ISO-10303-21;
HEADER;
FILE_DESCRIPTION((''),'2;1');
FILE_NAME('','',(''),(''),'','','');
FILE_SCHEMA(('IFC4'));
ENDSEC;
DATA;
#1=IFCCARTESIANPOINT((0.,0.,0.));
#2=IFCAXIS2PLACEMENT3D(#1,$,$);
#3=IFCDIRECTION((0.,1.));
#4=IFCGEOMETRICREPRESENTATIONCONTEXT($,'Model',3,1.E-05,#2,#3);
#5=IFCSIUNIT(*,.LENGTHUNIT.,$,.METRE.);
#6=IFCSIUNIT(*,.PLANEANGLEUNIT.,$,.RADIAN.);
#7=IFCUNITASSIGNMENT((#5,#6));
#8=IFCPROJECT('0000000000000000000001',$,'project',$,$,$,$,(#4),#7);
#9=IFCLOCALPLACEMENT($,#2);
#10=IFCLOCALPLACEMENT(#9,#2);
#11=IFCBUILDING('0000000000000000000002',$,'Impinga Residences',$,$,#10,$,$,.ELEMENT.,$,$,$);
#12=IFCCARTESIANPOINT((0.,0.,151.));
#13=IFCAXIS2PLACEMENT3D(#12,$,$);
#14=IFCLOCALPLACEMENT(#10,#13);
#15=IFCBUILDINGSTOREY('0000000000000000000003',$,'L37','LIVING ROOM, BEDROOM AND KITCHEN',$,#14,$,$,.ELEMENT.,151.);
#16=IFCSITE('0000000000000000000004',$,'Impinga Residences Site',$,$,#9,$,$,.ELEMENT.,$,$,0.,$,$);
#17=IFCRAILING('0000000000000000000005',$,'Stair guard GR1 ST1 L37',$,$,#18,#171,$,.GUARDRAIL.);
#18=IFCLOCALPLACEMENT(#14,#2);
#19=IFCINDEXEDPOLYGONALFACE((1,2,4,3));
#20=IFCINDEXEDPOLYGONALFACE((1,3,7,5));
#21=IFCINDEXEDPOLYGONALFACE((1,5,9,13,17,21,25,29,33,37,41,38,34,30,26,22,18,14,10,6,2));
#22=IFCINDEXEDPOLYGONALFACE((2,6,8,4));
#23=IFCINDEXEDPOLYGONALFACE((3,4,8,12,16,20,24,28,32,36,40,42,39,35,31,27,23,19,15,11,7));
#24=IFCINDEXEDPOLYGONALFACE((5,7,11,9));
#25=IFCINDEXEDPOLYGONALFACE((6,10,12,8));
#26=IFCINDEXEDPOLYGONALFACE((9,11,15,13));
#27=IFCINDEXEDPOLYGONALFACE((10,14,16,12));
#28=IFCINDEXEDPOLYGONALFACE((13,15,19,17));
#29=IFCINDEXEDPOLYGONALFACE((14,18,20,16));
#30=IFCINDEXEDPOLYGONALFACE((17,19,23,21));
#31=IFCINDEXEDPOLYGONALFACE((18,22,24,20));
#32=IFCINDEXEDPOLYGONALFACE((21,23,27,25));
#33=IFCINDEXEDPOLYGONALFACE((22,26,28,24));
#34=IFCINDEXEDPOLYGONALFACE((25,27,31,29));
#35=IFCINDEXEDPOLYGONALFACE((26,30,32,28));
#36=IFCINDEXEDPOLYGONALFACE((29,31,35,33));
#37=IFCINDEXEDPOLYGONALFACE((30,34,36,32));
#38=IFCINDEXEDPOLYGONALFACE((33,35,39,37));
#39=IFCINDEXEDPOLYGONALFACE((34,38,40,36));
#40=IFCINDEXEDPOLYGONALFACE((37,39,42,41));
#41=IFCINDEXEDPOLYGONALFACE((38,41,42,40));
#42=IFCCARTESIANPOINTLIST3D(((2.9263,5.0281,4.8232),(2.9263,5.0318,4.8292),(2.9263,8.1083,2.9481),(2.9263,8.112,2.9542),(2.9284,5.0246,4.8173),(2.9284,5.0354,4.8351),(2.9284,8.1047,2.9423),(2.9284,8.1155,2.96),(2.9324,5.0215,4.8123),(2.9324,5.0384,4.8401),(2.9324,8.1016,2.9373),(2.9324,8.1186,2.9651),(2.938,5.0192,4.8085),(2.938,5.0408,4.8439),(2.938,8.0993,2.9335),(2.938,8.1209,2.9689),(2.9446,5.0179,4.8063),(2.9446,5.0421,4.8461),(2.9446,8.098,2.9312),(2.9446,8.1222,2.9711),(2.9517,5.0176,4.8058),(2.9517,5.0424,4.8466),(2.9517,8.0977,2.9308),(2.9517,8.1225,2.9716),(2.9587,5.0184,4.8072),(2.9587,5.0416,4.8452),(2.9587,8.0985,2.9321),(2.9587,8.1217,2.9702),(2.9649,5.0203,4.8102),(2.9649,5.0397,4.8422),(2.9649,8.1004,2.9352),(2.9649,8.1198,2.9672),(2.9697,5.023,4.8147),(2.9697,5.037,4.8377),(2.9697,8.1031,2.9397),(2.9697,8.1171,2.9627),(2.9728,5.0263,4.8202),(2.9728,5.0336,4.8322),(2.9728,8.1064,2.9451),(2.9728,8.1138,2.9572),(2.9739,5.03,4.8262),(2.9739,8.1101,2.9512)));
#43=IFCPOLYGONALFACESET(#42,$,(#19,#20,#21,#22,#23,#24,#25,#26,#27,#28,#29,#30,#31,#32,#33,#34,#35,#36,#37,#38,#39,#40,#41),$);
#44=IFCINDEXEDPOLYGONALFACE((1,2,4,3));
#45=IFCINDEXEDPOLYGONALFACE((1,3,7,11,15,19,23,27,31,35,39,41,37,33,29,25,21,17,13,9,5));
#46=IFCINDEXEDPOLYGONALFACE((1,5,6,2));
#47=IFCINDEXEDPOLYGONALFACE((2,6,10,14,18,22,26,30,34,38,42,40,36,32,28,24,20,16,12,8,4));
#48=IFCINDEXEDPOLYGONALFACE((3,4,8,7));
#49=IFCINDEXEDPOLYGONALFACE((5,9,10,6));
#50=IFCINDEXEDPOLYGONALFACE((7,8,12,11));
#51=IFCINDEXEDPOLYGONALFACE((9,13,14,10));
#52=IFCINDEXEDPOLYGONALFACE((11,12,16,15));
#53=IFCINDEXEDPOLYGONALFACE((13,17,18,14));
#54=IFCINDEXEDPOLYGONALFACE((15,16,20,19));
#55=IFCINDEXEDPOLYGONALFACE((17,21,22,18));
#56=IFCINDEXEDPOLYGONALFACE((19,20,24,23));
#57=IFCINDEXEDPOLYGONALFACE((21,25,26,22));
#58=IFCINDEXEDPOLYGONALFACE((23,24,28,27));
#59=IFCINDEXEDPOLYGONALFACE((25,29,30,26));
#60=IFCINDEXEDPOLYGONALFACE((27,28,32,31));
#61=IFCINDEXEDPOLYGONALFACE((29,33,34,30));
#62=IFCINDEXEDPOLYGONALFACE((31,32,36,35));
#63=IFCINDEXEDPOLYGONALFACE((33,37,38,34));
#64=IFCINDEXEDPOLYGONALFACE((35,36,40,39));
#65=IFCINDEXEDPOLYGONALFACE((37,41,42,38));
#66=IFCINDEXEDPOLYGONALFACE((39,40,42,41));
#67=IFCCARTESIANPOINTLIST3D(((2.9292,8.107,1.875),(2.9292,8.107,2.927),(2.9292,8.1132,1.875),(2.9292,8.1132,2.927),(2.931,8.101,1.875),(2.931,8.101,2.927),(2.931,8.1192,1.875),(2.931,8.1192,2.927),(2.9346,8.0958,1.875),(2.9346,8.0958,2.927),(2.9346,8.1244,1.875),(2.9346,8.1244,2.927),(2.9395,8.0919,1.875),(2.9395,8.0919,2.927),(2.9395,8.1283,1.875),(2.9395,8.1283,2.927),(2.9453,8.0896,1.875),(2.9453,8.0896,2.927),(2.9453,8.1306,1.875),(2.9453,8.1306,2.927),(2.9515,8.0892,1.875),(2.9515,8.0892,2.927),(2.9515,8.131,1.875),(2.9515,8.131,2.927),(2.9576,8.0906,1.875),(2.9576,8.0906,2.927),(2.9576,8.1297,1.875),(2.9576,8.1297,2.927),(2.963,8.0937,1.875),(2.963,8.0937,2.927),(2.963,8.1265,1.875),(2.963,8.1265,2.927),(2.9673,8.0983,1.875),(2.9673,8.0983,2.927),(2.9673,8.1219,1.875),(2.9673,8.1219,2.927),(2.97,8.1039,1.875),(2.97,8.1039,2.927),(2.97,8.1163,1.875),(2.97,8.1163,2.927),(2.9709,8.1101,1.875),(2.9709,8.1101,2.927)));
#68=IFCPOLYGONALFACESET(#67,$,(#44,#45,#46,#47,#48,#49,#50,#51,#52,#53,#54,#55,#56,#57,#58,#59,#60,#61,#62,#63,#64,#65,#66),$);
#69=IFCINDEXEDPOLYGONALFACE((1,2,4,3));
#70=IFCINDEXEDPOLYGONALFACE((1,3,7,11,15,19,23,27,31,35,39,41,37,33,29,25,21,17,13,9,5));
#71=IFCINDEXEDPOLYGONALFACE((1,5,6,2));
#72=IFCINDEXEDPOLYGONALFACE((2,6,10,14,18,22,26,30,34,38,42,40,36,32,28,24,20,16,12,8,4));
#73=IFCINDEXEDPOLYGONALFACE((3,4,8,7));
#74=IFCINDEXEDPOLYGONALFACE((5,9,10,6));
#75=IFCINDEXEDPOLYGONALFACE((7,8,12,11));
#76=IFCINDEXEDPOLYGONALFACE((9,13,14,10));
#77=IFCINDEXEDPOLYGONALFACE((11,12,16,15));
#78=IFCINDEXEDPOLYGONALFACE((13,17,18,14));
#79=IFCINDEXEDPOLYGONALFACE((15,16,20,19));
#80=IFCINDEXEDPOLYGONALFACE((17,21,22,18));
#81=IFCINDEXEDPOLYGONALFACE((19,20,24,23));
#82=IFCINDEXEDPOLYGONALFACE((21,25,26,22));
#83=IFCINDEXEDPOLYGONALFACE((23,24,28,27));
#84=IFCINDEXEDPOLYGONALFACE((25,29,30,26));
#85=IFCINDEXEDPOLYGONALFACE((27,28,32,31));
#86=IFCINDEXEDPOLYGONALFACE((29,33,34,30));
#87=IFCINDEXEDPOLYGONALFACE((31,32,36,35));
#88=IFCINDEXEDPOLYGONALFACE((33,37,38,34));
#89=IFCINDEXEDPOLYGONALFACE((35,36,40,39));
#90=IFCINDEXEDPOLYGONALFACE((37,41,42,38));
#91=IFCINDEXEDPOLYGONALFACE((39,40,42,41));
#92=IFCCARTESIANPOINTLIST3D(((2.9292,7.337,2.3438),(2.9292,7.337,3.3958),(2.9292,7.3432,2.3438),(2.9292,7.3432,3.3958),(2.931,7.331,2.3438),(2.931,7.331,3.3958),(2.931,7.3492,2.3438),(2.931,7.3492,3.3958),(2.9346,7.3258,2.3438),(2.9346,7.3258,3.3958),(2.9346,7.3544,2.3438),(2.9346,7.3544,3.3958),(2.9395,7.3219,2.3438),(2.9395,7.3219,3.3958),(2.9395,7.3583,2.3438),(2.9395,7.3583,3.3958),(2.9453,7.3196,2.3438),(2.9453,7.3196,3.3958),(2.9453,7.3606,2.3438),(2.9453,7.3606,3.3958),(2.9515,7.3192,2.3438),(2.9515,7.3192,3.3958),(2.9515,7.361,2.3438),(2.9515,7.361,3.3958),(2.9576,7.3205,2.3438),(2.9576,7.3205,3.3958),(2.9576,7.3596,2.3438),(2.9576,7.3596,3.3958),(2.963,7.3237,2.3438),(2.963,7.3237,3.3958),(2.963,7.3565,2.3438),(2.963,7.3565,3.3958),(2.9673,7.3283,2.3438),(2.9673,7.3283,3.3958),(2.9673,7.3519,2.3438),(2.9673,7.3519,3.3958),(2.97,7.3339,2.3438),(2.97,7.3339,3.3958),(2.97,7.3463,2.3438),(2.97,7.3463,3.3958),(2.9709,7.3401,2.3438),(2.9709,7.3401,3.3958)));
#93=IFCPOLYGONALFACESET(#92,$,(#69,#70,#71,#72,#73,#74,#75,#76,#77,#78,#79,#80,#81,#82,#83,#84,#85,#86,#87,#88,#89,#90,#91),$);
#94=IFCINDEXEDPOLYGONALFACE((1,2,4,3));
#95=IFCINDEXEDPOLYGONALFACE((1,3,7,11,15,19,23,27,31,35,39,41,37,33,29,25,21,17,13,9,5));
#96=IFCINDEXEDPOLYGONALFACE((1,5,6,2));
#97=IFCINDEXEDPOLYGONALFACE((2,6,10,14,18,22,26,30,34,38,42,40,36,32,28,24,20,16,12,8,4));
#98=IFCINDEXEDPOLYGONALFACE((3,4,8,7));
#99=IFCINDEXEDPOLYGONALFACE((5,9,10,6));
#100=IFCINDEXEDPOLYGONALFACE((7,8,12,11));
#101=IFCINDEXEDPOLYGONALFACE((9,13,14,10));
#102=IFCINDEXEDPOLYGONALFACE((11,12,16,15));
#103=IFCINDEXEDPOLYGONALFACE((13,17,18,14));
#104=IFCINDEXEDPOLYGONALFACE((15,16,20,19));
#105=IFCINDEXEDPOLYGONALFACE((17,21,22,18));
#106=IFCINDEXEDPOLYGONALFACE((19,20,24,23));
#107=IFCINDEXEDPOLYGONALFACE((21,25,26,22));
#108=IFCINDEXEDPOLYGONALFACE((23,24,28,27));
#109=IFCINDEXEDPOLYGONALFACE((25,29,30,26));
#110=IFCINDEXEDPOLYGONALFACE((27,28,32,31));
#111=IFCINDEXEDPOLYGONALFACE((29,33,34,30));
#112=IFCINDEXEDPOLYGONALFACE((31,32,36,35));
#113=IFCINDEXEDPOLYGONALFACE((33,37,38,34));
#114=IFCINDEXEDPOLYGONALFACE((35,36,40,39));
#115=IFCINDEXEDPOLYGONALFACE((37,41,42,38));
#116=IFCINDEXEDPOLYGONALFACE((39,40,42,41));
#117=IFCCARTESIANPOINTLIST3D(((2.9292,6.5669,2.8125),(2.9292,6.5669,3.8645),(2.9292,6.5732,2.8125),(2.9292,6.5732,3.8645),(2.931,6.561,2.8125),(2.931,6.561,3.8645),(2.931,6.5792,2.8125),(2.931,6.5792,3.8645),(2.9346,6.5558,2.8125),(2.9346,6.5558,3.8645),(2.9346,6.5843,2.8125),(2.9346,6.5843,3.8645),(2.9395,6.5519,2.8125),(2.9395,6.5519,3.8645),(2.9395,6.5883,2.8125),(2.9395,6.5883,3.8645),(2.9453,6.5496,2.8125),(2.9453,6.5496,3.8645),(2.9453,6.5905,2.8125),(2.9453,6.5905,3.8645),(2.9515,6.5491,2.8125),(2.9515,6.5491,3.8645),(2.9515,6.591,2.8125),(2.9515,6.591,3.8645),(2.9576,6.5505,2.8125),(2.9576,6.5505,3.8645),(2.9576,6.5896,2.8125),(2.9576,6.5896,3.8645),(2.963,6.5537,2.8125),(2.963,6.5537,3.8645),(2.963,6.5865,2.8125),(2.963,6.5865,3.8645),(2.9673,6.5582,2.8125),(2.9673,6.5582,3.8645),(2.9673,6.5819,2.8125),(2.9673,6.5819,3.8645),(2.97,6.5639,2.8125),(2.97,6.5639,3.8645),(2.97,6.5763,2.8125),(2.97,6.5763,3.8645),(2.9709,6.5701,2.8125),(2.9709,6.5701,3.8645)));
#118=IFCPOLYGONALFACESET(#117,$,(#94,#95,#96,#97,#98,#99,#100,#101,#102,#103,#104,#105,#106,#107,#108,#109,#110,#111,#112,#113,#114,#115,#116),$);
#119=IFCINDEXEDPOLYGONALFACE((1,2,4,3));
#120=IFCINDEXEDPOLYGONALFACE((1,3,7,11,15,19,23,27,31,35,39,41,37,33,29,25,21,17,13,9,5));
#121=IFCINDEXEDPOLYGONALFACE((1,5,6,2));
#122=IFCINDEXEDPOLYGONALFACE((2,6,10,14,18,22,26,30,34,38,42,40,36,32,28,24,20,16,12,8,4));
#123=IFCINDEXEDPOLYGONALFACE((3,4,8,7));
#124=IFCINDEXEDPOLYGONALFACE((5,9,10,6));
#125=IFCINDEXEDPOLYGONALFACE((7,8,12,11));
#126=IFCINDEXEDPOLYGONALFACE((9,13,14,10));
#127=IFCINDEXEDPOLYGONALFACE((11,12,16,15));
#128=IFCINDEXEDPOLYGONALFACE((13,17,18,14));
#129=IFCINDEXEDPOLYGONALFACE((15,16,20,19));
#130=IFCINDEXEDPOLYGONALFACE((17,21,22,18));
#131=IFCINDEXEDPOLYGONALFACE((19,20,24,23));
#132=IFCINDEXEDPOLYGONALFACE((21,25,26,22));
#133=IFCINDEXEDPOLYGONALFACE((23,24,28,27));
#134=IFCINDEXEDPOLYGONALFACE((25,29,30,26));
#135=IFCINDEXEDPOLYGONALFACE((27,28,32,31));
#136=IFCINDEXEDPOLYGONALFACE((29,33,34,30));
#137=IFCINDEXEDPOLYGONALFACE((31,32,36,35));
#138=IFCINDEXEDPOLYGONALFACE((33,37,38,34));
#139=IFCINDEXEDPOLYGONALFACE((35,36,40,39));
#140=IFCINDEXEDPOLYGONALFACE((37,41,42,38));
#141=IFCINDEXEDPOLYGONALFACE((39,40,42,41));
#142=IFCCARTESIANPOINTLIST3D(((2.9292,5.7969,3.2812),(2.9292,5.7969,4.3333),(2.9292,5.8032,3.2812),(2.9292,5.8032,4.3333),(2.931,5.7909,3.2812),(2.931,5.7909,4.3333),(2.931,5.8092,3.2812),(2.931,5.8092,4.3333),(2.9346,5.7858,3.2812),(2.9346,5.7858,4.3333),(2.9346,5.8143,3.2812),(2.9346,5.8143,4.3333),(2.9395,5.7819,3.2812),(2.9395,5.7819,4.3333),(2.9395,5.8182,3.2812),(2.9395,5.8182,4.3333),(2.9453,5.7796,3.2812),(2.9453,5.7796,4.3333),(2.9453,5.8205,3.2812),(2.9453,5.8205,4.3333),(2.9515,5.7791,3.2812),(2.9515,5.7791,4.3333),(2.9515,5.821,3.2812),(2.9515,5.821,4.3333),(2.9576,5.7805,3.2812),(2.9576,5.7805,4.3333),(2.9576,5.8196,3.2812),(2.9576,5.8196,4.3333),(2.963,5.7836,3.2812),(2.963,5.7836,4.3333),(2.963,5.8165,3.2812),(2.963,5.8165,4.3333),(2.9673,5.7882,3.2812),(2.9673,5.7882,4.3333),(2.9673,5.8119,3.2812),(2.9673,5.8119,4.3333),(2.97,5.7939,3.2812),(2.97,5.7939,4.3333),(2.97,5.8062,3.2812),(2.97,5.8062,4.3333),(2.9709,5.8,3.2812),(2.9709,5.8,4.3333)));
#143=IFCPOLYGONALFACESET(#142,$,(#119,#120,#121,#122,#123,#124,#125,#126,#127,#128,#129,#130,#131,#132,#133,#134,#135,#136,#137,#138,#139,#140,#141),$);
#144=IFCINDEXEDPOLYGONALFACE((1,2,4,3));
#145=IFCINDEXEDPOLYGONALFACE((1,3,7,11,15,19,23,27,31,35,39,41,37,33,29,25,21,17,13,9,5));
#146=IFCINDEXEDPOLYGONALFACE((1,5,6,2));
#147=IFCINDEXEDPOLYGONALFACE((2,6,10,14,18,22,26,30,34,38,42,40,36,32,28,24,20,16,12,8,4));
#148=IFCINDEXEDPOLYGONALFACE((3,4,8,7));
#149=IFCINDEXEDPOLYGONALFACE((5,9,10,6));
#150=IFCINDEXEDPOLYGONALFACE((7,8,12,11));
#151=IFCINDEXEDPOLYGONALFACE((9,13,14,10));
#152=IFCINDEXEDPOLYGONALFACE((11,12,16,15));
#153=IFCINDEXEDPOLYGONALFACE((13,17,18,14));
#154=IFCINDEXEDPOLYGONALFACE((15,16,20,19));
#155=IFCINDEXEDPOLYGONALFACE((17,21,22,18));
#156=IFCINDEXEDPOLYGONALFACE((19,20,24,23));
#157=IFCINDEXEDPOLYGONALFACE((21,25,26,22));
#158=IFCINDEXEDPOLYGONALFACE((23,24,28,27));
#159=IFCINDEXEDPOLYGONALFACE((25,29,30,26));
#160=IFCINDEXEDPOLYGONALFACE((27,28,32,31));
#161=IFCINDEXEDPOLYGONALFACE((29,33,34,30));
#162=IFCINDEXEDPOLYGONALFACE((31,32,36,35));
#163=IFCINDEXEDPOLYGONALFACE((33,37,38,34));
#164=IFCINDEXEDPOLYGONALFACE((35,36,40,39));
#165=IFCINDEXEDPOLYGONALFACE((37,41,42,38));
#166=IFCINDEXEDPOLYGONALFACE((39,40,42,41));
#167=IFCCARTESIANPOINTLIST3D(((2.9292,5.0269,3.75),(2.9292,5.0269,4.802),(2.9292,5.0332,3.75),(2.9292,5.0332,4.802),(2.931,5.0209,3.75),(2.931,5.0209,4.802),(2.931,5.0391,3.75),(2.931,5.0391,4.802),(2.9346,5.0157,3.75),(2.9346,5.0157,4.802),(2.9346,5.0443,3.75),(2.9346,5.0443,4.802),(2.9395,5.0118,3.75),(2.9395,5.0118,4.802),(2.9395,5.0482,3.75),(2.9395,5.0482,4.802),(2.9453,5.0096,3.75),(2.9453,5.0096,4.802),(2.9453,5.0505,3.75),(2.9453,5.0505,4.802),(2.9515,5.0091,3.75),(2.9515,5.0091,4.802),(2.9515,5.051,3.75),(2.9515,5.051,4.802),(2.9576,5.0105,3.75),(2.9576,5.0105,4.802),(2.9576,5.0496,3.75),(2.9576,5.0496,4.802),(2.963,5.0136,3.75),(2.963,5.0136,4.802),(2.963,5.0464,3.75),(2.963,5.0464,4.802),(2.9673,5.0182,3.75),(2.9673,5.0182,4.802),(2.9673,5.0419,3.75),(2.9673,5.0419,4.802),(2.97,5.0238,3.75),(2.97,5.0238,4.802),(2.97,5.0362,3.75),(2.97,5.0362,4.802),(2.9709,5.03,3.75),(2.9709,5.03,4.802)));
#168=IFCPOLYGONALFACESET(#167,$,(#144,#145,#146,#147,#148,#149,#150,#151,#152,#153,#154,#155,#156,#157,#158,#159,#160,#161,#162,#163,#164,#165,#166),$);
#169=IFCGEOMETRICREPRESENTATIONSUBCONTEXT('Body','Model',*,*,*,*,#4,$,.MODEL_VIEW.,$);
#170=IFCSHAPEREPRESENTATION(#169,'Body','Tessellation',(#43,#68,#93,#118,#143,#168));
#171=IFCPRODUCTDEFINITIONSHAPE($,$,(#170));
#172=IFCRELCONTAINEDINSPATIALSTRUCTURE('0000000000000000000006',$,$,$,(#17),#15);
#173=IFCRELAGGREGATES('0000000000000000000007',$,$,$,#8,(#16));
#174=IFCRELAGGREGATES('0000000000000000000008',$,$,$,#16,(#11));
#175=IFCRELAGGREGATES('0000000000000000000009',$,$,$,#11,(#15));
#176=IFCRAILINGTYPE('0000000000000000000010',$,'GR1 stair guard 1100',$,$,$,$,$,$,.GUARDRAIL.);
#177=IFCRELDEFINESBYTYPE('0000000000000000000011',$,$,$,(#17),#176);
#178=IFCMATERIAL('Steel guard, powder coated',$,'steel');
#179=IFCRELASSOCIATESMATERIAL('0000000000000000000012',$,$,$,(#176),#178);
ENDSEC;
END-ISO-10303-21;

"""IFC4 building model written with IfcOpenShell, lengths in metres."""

from ifc_helpers import new_model, si_unit, direction, frame, origin, origin_2d, place, context, subcontext, project, spatial, circle, extrude, material, type_object, element, save


model = new_model("IFC4")

# Units and contexts
model_context = context("Model", 3, precision=1e-05, world=origin(), true_north=direction((0.0, 1.0)))
body_context = subcontext(model_context, "Body", "Model", "MODEL_VIEW")
ifc_project = project(units=[si_unit("LENGTHUNIT", "METRE"), si_unit("PLANEANGLEUNIT", "RADIAN")], contexts=[model_context])

# Site, building, storey
site_placement = place(None, origin())
site = spatial("IfcSite", under=ifc_project, at=site_placement, Name="Impinga Residences Site", CompositionType="ELEMENT", RefElevation=0.0)
building_placement = place(site_placement, origin())
building = spatial("IfcBuilding", under=site, at=building_placement, Name="Impinga Residences", CompositionType="ELEMENT")
storey_placement = place(building_placement, frame((0.0, 0.0, 151.0)))
storey = spatial("IfcBuildingStorey", under=building, at=storey_placement, Name="L37", Description="LIVING ROOM, BEDROOM AND KITCHEN", CompositionType="ELEMENT", Elevation=151.0)

# Railing
ifc_material_1 = material(Name="Steel guard, powder coated", Category="steel")
railing_type_1 = type_object("IfcRailingType", Name="GR1 stair guard 1100", PredefinedType="GUARDRAIL", material=ifc_material_1)
railing_1_placement = place(storey_placement, frame((2.95, 8.1101, 1.875)))
element("IfcRailing", 1, at=railing_1_placement, inside=storey, type_object=railing_type_1, Name="Stair guard GR1 ST1 L37", PredefinedType="GUARDRAIL", context=body_context, shape_type="SweptSolid", body=[
    extrude(circle(Radius=0.0239, at=origin_2d()), frame((0.0, 0.0, 1.0762), z_axis=(0.0, -0.854178, 0.519981), x_axis=(1.0, 0.0, 0.0)), (0.0, 0.0, 1.0), 3.606),
    extrude(circle(Radius=0.021, at=origin_2d()), origin(), (0.0, 0.0, 1.0), 1.052),
    extrude(circle(Radius=0.021, at=origin_2d()), frame((0.0, -0.77, 0.4688)), (0.0, 0.0, 1.0), 1.052),
    extrude(circle(Radius=0.021, at=origin_2d()), frame((0.0, -1.54, 0.9375)), (0.0, 0.0, 1.0), 1.052),
    extrude(circle(Radius=0.021, at=origin_2d()), frame((0.0, -2.3101, 1.4062)), (0.0, 0.0, 1.0), 1.052),
    extrude(circle(Radius=0.021, at=origin_2d()), frame((0.0, -3.0801, 1.875)), (0.0, 0.0, 1.0), 1.052),
])

save(model, "model.ifc")
